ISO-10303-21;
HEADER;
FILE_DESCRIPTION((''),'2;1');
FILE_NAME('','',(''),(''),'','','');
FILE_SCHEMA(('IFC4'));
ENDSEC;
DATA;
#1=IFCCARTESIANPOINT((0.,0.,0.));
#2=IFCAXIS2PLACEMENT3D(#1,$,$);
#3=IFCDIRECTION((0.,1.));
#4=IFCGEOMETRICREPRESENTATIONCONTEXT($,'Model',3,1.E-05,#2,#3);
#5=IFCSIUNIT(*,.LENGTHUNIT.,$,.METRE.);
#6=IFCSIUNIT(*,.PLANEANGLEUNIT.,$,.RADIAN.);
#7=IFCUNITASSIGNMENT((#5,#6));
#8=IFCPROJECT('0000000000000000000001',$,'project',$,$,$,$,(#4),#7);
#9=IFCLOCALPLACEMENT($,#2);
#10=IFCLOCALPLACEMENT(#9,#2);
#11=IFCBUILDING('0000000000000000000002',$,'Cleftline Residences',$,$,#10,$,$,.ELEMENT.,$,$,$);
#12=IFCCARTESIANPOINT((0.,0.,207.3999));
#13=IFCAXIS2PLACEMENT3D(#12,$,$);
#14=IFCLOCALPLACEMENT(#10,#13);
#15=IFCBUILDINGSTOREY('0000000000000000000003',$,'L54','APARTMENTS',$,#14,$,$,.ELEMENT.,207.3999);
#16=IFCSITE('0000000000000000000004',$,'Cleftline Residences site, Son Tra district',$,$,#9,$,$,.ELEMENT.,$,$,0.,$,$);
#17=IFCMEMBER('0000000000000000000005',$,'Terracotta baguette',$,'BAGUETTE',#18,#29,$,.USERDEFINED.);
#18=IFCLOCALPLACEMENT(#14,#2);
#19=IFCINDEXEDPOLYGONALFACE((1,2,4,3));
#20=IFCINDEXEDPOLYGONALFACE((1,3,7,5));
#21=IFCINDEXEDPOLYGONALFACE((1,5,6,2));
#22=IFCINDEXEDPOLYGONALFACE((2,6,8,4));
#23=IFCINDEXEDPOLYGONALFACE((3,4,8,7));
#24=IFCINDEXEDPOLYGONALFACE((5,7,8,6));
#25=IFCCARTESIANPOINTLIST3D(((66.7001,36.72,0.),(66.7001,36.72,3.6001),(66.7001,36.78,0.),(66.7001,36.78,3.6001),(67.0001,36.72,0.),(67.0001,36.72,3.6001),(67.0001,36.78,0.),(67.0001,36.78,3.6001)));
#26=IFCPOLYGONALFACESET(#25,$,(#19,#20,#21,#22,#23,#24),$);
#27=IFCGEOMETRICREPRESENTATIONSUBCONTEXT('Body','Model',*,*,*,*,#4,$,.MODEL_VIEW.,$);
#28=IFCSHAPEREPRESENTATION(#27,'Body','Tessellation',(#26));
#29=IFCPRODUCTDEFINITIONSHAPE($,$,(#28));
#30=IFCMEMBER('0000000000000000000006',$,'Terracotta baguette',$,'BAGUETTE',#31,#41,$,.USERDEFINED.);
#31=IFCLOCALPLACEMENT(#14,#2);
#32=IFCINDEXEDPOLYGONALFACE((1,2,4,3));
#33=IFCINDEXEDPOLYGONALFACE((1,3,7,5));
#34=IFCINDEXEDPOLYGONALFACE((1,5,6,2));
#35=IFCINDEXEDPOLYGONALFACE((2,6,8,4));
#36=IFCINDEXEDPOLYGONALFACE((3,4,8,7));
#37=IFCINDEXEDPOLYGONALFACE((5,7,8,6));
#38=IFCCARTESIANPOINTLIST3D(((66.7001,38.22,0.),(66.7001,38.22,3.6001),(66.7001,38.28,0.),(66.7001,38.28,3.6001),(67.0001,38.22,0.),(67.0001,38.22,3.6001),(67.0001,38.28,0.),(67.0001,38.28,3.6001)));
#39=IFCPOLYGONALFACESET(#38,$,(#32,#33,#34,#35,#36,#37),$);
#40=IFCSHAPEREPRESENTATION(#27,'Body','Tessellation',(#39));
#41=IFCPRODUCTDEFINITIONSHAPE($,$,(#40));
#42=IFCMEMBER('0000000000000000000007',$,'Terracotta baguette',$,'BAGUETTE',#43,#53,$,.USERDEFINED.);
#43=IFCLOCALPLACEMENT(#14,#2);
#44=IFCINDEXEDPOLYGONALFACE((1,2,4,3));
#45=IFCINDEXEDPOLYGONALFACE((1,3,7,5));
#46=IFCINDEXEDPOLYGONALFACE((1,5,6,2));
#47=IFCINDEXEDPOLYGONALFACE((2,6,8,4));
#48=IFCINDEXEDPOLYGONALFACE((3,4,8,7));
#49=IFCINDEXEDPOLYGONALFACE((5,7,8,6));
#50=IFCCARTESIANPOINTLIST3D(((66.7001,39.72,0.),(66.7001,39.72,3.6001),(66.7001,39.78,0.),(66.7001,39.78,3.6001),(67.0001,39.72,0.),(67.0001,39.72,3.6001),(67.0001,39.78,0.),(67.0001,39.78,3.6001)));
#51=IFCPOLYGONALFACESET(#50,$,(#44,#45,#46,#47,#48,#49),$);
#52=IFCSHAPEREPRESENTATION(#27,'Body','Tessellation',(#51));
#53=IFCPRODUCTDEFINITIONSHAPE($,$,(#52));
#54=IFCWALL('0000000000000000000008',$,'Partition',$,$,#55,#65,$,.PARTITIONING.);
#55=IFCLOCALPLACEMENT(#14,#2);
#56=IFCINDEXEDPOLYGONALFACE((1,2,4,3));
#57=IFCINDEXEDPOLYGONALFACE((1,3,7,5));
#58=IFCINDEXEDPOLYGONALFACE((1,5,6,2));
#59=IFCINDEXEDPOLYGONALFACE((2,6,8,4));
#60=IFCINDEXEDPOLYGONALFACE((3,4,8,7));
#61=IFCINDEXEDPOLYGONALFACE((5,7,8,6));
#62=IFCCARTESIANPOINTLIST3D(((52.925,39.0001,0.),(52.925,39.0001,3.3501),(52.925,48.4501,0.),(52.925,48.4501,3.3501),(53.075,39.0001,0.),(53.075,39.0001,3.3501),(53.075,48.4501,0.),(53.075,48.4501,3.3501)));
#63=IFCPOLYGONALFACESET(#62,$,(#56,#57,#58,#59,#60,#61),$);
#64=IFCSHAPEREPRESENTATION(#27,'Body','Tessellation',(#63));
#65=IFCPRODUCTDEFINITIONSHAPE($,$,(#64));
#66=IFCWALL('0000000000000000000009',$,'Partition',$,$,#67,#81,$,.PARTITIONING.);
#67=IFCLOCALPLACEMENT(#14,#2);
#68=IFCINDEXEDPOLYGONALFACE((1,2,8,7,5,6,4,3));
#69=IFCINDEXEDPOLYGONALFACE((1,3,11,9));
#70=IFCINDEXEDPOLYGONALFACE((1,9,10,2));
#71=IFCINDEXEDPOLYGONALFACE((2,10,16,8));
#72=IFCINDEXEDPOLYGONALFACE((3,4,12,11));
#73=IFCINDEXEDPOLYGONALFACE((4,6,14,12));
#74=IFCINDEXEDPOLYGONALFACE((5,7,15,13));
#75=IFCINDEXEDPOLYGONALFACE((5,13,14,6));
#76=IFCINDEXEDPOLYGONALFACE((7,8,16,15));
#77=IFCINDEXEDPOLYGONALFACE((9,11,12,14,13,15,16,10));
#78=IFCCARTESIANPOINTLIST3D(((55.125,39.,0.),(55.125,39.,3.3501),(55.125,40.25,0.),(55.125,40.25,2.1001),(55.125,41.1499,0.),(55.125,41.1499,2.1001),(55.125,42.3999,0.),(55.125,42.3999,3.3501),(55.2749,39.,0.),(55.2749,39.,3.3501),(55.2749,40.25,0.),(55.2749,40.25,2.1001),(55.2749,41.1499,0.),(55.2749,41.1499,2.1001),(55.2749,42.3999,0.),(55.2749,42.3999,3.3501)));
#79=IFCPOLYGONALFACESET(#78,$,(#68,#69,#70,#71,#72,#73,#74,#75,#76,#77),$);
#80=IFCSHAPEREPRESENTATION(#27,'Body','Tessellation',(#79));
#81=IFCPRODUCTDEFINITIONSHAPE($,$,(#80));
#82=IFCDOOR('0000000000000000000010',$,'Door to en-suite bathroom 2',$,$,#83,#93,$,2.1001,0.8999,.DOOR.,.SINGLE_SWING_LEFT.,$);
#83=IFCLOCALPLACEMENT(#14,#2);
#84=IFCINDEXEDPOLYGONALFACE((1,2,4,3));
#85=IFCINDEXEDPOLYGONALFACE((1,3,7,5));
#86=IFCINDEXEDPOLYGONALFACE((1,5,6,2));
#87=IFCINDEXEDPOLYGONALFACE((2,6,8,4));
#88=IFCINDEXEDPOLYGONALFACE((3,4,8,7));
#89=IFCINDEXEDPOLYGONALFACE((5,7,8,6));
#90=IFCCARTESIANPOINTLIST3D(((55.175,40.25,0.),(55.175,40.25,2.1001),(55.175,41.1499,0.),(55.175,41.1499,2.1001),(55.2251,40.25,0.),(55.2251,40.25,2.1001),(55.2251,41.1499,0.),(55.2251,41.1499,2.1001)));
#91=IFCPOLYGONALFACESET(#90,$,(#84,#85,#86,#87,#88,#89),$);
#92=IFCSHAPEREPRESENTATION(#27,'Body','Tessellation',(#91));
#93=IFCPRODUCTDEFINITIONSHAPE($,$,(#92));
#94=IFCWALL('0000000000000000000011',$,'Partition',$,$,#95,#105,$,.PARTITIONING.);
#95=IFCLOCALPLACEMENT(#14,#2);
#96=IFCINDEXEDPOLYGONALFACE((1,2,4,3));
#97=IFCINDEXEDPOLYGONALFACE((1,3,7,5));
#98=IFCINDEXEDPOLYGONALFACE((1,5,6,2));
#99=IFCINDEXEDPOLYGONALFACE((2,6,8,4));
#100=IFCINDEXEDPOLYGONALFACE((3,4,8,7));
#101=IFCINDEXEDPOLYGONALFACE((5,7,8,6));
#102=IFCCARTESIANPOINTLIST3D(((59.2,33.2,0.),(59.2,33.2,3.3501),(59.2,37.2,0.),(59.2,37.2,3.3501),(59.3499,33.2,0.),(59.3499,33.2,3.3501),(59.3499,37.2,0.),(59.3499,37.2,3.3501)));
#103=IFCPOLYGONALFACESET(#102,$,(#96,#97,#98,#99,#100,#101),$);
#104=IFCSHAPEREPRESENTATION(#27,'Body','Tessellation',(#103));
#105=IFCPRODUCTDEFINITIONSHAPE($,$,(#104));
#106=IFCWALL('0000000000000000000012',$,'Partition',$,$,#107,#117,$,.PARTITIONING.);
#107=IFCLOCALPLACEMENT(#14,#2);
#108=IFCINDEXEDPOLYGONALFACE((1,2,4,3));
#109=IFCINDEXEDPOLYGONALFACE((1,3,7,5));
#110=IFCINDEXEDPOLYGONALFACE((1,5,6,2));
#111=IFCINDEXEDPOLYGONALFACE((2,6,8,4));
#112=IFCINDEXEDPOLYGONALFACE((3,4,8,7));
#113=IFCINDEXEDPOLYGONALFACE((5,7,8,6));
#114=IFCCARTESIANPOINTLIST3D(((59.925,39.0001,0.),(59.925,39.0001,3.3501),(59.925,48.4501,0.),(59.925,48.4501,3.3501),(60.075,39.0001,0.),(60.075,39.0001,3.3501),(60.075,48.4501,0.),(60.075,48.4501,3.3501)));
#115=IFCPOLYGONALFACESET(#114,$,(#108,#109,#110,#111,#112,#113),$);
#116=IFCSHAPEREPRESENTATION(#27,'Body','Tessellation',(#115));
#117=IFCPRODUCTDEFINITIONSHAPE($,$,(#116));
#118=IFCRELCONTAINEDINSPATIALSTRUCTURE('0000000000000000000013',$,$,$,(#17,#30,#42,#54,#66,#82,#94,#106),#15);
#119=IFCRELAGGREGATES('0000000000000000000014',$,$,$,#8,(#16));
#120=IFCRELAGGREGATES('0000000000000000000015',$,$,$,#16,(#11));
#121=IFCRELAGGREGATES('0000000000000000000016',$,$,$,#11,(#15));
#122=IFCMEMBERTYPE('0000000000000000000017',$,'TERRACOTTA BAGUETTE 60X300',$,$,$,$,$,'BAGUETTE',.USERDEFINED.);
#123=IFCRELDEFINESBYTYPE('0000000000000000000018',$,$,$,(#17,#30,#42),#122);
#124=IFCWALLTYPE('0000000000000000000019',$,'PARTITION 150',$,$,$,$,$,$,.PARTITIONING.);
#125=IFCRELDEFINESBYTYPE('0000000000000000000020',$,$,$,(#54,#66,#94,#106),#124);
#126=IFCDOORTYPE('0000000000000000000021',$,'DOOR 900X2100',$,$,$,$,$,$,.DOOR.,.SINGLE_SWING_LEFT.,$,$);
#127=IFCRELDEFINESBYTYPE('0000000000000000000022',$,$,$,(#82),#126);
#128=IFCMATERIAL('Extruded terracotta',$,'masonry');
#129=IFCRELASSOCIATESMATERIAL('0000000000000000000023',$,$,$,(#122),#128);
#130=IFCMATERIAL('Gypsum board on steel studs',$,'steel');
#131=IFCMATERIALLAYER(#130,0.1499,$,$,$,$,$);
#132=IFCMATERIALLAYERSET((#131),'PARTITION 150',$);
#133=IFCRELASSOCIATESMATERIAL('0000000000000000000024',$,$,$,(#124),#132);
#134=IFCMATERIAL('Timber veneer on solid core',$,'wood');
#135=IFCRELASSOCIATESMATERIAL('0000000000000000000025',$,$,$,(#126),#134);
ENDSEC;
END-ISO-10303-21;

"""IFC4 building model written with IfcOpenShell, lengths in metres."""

from ifc_helpers import new_model, si_unit, direction, frame, frame_2d, origin, origin_2d, place, context, subcontext, project, spatial, rectangle, extrude, material, layer, layer_set, material_profile, profile_set, type_object, element, fill, save


model = new_model("IFC4")

# Units and contexts
model_context = context("Model", 3, precision=1e-05, world=origin(), true_north=direction((0.0, 1.0)))
body_context = subcontext(model_context, "Body", "Model", "MODEL_VIEW")
ifc_project = project(units=[si_unit("LENGTHUNIT", "METRE"), si_unit("PLANEANGLEUNIT", "RADIAN")], contexts=[model_context])

# Site, building, storey
site_placement = place(None, origin())
site = spatial("IfcSite", under=ifc_project, at=site_placement, Name="Cleftline Residences site, Son Tra district", CompositionType="ELEMENT", RefElevation=0.0)
building_placement = place(site_placement, origin())
building = spatial("IfcBuilding", under=site, at=building_placement, Name="Cleftline Residences", CompositionType="ELEMENT")
storey_placement = place(building_placement, frame((0.0, 0.0, 207.3999)))
storey = spatial("IfcBuildingStorey", under=building, at=storey_placement, Name="L54", Description="APARTMENTS", CompositionType="ELEMENT", Elevation=207.3999)

# Members
ifc_material_1 = material(Name="Extruded terracotta", Category="masonry")
ifc_material_profile_1 = material_profile(ifc_material_1, rectangle(XDim=0.0601, YDim=0.3, at=origin_2d()))
ifc_profile_set_1 = profile_set([ifc_material_profile_1], Name="Extruded terracotta")
member_type_1 = type_object("IfcMemberType", Name="TERRACOTTA BAGUETTE 60X300", ElementType="BAGUETTE", PredefinedType="USERDEFINED", material=ifc_profile_set_1)
for number, where, z_axis, x_axis, name in (
    (1, (66.8501, 36.75, 0.0), (0.0, 0.0, 1.0), (0.0, 1.0, 0.0), "Terracotta baguette"),
    (2, (66.8501, 38.25, 0.0), (0.0, 0.0, 1.0), (0.0, 1.0, 0.0), "Terracotta baguette"),
    (3, (66.8501, 39.75, 0.0), (0.0, 0.0, 1.0), (0.0, 1.0, 0.0), "Terracotta baguette"),
):
    element("IfcMember", number, at=place(storey_placement, frame(where, z_axis=z_axis, x_axis=x_axis)), inside=storey, type_object=member_type_1, Name=name, ObjectType="BAGUETTE", PredefinedType="USERDEFINED", context=body_context, shape_type="SweptSolid", body=[
        extrude(rectangle(XDim=0.0601, YDim=0.3, at=origin_2d()), origin(), (0.0, 0.0, 1.0), 3.6001),
    ])

# Wall
ifc_material_2 = material(Name="Gypsum board on steel studs", Category="steel")
ifc_layer = layer(ifc_material_2, 0.1499)
ifc_layer_set = layer_set([ifc_layer], Name="PARTITION 150")
wall_type = type_object("IfcWallType", Name="PARTITION 150", PredefinedType="PARTITIONING", material=ifc_layer_set)
wall_1_placement = place(storey_placement, frame((53.0, 39.0, 0.0), z_axis=(0.0, 0.0, 1.0), x_axis=(0.0, 1.0, 0.0)))
element("IfcWall", 4, at=wall_1_placement, inside=storey, type_object=wall_type, Name="Partition", PredefinedType="PARTITIONING", context=body_context, shape_type="SweptSolid", body=[
    extrude(rectangle(XDim=9.45, YDim=0.1499, at=frame_2d((4.7251, 0.0))), origin(), (0.0, 0.0, 1.0), 3.3501),
])

# Wall, opening, door
wall_2_placement = place(storey_placement, frame((55.2, 39.0, 0.0), z_axis=(0.0, 0.0, 1.0), x_axis=(0.0, 1.0, 0.0)))
wall_2 = element("IfcWall", 5, at=wall_2_placement, inside=storey, type_object=wall_type, Name="Partition", PredefinedType="PARTITIONING", context=body_context, shape_type="SweptSolid", body=[
    extrude(rectangle(XDim=3.3999, YDim=0.1499, at=frame_2d((1.7, 0.0))), origin(), (0.0, 0.0, 1.0), 3.3501),
])
opening_placement = place(wall_2_placement, frame((1.25, 0.0, 0.0)))
opening = element("IfcOpeningElement", 6, at=opening_placement, cuts=wall_2, PredefinedType="OPENING", context=body_context, shape_type="SweptSolid", body=[
    extrude(rectangle(XDim=0.8999, YDim=2.1001, at=frame_2d((0.45, 1.05))), frame((0.0, 0.085, 0.0), z_axis=(0.0, -1.0, 0.0), x_axis=(1.0, 0.0, 0.0)), (0.0, 0.0, 1.0), 0.1699),
])
ifc_material_3 = material(Name="Timber veneer on solid core", Category="wood")
door_type = type_object("IfcDoorType", Name="DOOR 900X2100", OperationType="SINGLE_SWING_LEFT", PredefinedType="DOOR", material=ifc_material_3)
door_placement = place(opening_placement, origin())
door = element("IfcDoor", 7, at=door_placement, inside=storey, type_object=door_type, Name="Door to en-suite bathroom 2", OperationType="SINGLE_SWING_LEFT", OverallHeight=2.1001, OverallWidth=0.8999, PredefinedType="DOOR", context=body_context, shape_type="SweptSolid", body=[
    extrude(rectangle(XDim=0.8999, YDim=2.1001, at=frame_2d((0.45, 1.05))), frame((0.0, 0.0249, 0.0), z_axis=(0.0, -1.0, 0.0), x_axis=(1.0, 0.0, 0.0)), (0.0, 0.0, 1.0), 0.05),
])
fill(opening, door)

# Walls
wall_3_placement = place(storey_placement, frame((59.2749, 33.2, 0.0), z_axis=(0.0, 0.0, 1.0), x_axis=(0.0, 1.0, 0.0)))
element("IfcWall", 8, at=wall_3_placement, inside=storey, type_object=wall_type, Name="Partition", PredefinedType="PARTITIONING", context=body_context, shape_type="SweptSolid", body=[
    extrude(rectangle(XDim=4.0, YDim=0.1499, at=frame_2d((2.0, 0.0))), origin(), (0.0, 0.0, 1.0), 3.3501),
])
wall_4_placement = place(storey_placement, frame((60.0, 39.0, 0.0), z_axis=(0.0, 0.0, 1.0), x_axis=(0.0, 1.0, 0.0)))
element("IfcWall", 9, at=wall_4_placement, inside=storey, type_object=wall_type, Name="Partition", PredefinedType="PARTITIONING", context=body_context, shape_type="SweptSolid", body=[
    extrude(rectangle(XDim=9.45, YDim=0.1499, at=frame_2d((4.7251, 0.0))), origin(), (0.0, 0.0, 1.0), 3.3501),
])

save(model, "model.ifc")
